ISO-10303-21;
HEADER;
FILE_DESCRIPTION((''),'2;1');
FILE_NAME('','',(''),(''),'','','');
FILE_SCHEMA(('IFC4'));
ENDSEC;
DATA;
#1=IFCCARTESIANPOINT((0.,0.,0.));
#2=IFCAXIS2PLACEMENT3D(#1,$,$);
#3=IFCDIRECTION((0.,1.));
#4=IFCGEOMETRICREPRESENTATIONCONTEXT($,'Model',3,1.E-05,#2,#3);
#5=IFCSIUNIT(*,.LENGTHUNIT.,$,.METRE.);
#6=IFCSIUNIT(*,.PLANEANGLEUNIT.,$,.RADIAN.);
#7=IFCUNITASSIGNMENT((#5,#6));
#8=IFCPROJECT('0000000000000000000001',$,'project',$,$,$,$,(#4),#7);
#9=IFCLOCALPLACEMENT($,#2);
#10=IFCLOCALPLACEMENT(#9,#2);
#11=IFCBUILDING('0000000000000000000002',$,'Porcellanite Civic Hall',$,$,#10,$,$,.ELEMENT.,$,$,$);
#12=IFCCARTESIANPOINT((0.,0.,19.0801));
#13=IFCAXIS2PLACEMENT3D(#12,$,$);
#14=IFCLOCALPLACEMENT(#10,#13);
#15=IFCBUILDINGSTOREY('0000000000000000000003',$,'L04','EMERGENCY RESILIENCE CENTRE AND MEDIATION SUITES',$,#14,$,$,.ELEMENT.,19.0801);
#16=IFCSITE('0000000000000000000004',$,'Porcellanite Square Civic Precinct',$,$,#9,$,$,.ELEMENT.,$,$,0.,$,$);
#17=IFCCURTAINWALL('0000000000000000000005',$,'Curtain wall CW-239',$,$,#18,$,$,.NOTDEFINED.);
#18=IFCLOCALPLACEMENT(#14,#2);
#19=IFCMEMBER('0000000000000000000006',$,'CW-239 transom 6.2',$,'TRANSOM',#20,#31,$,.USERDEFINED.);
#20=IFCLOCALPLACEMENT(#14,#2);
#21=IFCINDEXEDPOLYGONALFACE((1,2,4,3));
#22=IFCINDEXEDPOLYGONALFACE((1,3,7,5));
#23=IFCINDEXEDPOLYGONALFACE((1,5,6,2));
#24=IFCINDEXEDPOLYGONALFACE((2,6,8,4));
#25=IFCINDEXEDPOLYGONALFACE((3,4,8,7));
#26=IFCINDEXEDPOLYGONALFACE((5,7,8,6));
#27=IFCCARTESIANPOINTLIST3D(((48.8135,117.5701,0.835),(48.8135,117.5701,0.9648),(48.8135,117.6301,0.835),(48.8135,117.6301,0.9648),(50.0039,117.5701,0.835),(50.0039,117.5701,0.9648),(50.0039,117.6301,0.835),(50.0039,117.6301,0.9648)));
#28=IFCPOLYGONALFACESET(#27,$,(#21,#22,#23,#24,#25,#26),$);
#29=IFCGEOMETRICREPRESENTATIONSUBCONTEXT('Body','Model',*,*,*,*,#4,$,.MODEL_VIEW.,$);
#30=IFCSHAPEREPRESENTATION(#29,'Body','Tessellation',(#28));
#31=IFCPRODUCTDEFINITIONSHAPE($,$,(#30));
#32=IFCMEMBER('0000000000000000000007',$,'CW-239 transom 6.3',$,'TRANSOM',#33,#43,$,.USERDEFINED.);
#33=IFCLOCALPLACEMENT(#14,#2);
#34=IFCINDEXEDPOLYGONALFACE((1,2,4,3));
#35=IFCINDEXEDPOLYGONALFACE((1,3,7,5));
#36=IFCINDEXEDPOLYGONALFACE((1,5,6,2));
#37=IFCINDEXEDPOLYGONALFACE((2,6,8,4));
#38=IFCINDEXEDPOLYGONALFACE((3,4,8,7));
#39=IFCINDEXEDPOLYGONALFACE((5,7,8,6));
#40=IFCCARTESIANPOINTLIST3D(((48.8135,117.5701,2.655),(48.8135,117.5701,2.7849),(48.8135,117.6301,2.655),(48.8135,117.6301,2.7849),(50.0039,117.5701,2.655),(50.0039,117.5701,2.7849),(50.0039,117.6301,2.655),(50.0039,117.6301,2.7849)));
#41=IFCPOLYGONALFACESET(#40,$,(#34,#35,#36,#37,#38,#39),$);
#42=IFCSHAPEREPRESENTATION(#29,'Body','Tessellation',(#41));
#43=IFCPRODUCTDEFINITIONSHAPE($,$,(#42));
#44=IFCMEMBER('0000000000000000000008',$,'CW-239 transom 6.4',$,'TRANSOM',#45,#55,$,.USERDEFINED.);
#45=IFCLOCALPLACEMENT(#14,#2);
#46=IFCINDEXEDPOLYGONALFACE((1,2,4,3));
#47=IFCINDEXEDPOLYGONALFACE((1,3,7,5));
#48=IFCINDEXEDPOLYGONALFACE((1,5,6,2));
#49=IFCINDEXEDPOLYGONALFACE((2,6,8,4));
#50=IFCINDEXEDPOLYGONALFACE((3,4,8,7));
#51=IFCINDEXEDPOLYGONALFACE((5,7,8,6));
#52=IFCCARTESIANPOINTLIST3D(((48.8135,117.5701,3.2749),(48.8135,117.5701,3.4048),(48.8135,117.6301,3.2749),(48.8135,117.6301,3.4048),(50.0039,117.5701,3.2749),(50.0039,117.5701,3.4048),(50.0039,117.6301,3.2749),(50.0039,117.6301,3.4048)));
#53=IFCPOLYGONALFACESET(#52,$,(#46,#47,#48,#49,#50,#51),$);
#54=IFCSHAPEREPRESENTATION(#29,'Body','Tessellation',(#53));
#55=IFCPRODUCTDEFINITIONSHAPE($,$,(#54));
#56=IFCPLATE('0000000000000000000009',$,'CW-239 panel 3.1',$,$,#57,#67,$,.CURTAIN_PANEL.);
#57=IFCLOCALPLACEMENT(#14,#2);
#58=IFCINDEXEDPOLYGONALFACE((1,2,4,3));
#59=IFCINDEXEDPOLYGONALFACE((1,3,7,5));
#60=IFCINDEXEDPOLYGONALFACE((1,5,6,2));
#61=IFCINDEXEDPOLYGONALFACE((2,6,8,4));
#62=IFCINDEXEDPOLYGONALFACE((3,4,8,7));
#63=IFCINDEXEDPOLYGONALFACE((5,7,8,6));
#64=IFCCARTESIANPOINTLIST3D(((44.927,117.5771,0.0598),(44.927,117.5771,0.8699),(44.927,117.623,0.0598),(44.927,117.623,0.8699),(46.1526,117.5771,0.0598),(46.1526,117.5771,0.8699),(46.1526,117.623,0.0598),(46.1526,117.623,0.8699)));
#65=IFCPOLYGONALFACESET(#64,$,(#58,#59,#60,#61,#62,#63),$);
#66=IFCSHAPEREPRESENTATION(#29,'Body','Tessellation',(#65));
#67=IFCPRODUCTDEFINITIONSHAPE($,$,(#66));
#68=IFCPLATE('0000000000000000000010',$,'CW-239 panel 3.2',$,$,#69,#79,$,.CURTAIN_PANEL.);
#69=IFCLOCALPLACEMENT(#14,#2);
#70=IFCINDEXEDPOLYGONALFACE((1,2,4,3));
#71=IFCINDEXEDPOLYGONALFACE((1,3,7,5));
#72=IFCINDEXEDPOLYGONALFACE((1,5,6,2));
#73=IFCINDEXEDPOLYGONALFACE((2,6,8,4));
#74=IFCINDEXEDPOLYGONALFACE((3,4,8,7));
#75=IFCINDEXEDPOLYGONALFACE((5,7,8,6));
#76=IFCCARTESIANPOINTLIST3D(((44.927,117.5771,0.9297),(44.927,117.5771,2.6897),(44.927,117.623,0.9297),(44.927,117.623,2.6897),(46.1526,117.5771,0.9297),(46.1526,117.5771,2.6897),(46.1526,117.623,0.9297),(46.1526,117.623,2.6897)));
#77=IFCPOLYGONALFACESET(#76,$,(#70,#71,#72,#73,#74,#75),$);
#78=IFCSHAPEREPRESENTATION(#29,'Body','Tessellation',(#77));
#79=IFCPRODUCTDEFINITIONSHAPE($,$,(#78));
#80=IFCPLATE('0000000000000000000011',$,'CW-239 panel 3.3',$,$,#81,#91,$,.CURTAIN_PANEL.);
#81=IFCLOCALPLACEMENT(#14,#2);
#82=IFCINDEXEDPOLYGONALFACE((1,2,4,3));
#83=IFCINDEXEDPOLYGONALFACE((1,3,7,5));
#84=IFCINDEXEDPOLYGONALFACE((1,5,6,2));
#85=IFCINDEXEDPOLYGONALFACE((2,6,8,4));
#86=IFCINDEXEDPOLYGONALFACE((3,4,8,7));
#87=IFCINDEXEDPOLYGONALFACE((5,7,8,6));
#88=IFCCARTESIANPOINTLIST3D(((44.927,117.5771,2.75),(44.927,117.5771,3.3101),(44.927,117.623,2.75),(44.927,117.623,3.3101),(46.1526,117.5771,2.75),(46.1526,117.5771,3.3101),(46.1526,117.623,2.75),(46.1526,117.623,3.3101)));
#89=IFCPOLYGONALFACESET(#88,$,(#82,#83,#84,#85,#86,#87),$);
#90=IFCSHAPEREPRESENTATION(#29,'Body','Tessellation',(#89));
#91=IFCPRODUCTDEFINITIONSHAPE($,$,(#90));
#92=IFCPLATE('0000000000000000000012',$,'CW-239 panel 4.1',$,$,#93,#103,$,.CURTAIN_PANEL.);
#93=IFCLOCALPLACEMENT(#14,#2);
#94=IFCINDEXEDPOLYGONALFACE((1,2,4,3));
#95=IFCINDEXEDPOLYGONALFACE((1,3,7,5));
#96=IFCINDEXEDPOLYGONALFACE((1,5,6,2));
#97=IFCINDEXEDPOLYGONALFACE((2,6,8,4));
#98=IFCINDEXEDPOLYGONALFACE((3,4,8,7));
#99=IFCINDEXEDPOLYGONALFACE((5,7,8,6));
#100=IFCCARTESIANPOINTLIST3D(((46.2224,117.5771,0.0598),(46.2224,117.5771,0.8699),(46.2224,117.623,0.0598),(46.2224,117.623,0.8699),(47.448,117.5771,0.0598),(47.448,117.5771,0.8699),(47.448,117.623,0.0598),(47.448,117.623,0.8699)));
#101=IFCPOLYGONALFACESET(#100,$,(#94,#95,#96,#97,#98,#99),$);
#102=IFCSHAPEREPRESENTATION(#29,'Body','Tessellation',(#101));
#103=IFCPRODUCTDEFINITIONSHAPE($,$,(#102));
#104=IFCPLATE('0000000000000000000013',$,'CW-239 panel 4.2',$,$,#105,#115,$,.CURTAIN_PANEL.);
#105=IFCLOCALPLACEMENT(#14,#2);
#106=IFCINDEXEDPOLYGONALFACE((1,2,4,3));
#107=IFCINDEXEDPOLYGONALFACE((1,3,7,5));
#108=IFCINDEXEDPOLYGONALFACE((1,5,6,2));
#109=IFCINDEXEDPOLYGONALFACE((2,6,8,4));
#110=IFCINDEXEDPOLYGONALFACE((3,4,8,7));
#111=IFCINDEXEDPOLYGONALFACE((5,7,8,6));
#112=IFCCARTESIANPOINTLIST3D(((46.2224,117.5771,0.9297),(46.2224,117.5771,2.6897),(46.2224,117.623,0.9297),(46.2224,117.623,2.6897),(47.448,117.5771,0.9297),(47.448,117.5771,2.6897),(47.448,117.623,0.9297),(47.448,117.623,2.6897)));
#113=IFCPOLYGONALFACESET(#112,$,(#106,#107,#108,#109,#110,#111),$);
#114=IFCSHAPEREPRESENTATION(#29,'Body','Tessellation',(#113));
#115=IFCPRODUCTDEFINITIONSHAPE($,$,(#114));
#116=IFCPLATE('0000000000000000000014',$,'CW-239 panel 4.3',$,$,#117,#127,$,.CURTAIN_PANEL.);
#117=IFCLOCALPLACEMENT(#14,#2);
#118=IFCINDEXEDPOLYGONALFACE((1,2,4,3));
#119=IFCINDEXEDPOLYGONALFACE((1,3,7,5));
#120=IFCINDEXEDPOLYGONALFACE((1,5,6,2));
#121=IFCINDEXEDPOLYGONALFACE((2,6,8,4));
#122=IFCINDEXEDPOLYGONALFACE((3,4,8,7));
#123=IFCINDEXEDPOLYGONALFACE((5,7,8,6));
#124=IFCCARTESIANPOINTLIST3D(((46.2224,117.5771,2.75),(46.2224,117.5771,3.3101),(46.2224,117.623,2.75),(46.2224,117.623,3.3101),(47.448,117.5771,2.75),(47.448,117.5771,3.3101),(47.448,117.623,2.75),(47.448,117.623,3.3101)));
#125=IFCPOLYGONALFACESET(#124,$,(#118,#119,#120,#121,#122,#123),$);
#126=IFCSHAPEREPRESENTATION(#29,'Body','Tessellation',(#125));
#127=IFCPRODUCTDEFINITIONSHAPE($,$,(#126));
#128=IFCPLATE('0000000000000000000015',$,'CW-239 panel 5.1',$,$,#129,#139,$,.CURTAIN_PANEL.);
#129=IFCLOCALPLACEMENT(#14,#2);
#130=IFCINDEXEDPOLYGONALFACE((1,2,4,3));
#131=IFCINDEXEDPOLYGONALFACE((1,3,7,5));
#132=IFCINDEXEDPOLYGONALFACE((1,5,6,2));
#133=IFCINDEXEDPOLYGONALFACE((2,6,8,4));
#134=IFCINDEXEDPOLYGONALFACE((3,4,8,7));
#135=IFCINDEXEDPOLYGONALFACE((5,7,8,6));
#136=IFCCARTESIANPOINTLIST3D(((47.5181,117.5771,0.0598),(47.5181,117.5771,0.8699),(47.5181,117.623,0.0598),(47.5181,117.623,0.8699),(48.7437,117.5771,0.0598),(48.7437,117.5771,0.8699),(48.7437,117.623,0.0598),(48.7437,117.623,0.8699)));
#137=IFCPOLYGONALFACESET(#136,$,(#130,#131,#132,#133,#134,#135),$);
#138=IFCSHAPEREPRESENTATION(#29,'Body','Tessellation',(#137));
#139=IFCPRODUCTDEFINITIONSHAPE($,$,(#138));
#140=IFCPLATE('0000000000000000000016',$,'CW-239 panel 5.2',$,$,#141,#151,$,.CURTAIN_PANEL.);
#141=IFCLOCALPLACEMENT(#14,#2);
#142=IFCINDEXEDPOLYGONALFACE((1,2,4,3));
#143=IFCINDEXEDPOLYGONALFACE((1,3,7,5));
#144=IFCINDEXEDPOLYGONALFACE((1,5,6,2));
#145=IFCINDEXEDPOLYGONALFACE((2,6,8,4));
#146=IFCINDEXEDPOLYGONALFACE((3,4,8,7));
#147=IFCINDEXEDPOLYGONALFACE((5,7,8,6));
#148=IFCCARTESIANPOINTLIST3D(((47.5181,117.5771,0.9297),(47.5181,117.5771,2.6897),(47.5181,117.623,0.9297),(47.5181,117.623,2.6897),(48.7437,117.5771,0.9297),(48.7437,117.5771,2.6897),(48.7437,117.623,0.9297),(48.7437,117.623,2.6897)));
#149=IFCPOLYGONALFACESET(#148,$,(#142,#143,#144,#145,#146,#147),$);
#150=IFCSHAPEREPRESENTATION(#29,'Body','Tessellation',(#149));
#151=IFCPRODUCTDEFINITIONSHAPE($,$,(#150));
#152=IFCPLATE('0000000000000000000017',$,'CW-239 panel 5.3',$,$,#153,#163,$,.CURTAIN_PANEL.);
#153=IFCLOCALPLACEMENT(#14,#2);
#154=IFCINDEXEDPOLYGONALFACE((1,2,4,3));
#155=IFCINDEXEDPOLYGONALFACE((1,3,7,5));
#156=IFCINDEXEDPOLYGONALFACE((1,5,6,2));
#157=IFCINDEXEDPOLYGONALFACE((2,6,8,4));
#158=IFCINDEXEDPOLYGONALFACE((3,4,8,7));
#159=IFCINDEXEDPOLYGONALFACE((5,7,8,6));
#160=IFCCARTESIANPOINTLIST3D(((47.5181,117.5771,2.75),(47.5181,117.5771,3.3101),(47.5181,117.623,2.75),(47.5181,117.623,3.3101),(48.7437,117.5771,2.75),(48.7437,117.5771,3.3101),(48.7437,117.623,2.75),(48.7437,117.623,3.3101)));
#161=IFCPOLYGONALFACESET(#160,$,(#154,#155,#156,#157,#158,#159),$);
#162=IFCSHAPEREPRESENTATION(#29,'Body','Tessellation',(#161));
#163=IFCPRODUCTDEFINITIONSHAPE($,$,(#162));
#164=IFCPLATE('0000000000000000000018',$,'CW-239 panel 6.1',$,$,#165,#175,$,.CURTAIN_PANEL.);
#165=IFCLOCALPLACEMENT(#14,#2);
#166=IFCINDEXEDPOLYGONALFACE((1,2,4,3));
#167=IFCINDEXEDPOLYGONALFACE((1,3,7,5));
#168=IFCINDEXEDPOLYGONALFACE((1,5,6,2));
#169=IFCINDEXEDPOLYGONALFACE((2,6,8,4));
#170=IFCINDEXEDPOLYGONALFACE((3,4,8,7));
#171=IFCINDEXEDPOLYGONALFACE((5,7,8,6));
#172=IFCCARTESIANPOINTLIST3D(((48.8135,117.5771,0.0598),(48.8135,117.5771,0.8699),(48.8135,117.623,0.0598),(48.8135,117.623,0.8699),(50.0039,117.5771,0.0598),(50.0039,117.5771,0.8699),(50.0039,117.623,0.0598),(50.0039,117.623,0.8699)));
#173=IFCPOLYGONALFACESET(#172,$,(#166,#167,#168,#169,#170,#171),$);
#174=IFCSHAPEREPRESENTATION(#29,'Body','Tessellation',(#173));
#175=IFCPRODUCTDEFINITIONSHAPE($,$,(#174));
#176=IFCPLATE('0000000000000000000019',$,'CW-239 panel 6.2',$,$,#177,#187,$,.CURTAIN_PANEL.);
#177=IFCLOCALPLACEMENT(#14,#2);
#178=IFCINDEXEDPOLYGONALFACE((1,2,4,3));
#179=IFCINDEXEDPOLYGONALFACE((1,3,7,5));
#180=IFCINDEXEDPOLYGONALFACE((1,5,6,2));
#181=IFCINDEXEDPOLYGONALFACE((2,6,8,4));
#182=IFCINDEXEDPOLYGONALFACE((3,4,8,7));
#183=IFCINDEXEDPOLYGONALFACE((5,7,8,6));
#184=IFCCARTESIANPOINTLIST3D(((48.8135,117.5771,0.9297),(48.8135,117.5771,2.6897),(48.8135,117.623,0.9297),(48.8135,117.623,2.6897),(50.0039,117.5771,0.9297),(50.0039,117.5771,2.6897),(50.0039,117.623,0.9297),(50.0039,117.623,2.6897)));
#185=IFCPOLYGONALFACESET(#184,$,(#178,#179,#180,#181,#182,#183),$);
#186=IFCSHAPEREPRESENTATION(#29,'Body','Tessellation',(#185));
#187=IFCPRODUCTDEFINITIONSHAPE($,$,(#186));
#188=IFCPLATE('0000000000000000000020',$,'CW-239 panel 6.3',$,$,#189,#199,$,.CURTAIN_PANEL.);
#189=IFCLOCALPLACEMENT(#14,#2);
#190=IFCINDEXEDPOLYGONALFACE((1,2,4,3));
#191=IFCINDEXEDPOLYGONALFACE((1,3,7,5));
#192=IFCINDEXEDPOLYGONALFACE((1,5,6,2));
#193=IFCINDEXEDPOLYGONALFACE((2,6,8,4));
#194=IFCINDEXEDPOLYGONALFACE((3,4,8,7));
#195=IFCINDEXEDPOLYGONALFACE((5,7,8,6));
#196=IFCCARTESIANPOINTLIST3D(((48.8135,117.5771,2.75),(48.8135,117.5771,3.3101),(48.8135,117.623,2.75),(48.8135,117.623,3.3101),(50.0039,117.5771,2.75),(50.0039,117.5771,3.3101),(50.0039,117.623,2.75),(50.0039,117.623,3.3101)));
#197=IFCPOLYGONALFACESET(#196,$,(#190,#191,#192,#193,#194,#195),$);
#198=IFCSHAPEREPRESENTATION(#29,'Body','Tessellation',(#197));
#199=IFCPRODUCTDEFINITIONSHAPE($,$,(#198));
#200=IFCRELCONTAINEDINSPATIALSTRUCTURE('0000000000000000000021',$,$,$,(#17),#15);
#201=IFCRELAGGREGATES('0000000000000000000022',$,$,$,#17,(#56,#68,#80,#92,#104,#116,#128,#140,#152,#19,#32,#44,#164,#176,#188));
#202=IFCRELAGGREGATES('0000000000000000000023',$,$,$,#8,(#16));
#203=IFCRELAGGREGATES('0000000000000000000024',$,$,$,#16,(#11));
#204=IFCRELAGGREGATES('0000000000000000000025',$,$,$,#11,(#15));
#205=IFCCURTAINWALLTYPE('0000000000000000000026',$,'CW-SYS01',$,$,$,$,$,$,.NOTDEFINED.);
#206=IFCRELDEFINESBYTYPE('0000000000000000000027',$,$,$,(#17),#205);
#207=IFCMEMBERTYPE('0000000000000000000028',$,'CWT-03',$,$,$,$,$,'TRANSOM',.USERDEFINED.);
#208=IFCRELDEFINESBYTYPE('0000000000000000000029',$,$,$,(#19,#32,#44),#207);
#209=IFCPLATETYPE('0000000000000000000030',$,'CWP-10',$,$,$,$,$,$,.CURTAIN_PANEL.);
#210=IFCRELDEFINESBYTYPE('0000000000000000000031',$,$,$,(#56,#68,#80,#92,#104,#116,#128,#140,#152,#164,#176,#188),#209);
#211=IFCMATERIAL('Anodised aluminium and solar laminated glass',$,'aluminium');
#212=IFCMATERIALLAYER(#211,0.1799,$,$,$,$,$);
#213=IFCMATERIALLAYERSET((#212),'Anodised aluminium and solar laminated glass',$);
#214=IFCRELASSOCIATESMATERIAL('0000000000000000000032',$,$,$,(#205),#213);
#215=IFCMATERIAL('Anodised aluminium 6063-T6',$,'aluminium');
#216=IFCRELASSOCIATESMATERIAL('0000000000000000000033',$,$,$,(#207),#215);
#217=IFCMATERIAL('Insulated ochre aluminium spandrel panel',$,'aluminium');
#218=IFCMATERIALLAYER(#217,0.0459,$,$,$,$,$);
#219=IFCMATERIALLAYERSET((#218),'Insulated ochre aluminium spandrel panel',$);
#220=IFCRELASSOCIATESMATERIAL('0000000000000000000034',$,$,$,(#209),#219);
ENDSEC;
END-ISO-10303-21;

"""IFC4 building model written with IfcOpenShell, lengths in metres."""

from ifc_helpers import new_model, si_unit, direction, frame, origin, origin_2d, place, context, subcontext, project, spatial, rectangle, extrude, material, layer, layer_set, material_profile, profile_set, type_object, element, aggregate, save


model = new_model("IFC4")

# Units and contexts
model_context = context("Model", 3, precision=1e-05, world=origin(), true_north=direction((0.0, 1.0)))
body_context = subcontext(model_context, "Body", "Model", "MODEL_VIEW")
ifc_project = project(units=[si_unit("LENGTHUNIT", "METRE"), si_unit("PLANEANGLEUNIT", "RADIAN")], contexts=[model_context])

# Site, building, storey
site_placement = place(None, origin())
site = spatial("IfcSite", under=ifc_project, at=site_placement, Name="Porcellanite Square Civic Precinct", CompositionType="ELEMENT", RefElevation=0.0)
building_placement = place(site_placement, origin())
building = spatial("IfcBuilding", under=site, at=building_placement, Name="Porcellanite Civic Hall", CompositionType="ELEMENT")
storey_placement = place(building_placement, frame((0.0, 0.0, 19.0801)))
storey = spatial("IfcBuildingStorey", under=building, at=storey_placement, Name="L04", Description="EMERGENCY RESILIENCE CENTRE AND MEDIATION SUITES", CompositionType="ELEMENT", Elevation=19.0801)

# Curtain wall, members, plates
ifc_material_1 = material(Name="Anodised aluminium and solar laminated glass", Category="aluminium")
ifc_layer_1 = layer(ifc_material_1, 0.1799)
ifc_layer_set_1 = layer_set([ifc_layer_1], Name="Anodised aluminium and solar laminated glass")
curtain_wall_type = type_object("IfcCurtainWallType", Name="CW-SYS01", PredefinedType="NOTDEFINED", material=ifc_layer_set_1)
curtain_wall_placement = place(storey_placement, origin())
curtain_wall = element("IfcCurtainWall", 1, at=curtain_wall_placement, inside=storey, type_object=curtain_wall_type, Name="Curtain wall CW-239", PredefinedType="NOTDEFINED")
ifc_material_2 = material(Name="Anodised aluminium 6063-T6", Category="aluminium")
ifc_material_profile_1 = material_profile(ifc_material_2, rectangle(XDim=0.0601, YDim=0.1299, at=origin_2d()), Name="AL-60x130")
ifc_profile_set_1 = profile_set([ifc_material_profile_1], Name="Anodised aluminium 6063-T6")
member_type_1 = type_object("IfcMemberType", Name="CWT-03", ElementType="TRANSOM", PredefinedType="USERDEFINED", material=ifc_profile_set_1)
member_1_placement = place(storey_placement, frame((48.8135, 117.6001, 0.8999), z_axis=(1.0, 0.0, 0.0), x_axis=(0.0, 1.0, 0.0)))
member_1 = element("IfcMember", 2, at=member_1_placement, type_object=member_type_1, Name="CW-239 transom 6.2", ObjectType="TRANSOM", PredefinedType="USERDEFINED", context=body_context, shape_type="SweptSolid", body=[
    extrude(rectangle(XDim=0.0601, YDim=0.1299, at=origin_2d()), origin(), (0.0, 0.0, 1.0), 1.1904),
])
member_2_placement = place(storey_placement, frame((48.8135, 117.6001, 2.72), z_axis=(1.0, 0.0, 0.0), x_axis=(0.0, 1.0, 0.0)))
member_2 = element("IfcMember", 3, at=member_2_placement, type_object=member_type_1, Name="CW-239 transom 6.3", ObjectType="TRANSOM", PredefinedType="USERDEFINED", context=body_context, shape_type="SweptSolid", body=[
    extrude(rectangle(XDim=0.0601, YDim=0.1299, at=origin_2d()), origin(), (0.0, 0.0, 1.0), 1.1904),
])
member_3_placement = place(storey_placement, frame((48.8135, 117.6001, 3.3398), z_axis=(1.0, 0.0, 0.0), x_axis=(0.0, 1.0, 0.0)))
member_3 = element("IfcMember", 4, at=member_3_placement, type_object=member_type_1, Name="CW-239 transom 6.4", ObjectType="TRANSOM", PredefinedType="USERDEFINED", context=body_context, shape_type="SweptSolid", body=[
    extrude(rectangle(XDim=0.0601, YDim=0.1299, at=origin_2d()), origin(), (0.0, 0.0, 1.0), 1.1904),
])
ifc_material_3 = material(Name="Insulated ochre aluminium spandrel panel", Category="aluminium")
ifc_layer_2 = layer(ifc_material_3, 0.0459)
ifc_layer_set_2 = layer_set([ifc_layer_2], Name="Insulated ochre aluminium spandrel panel")
plate_type = type_object("IfcPlateType", Name="CWP-10", PredefinedType="CURTAIN_PANEL", material=ifc_layer_set_2)
plate_1_placement = place(storey_placement, frame((45.5398, 117.6001, 0.0598), z_axis=(0.0, 0.0, 1.0), x_axis=(1.0, 0.0, 0.0)))
plate_1 = element("IfcPlate", 5, at=plate_1_placement, type_object=plate_type, Name="CW-239 panel 3.1", PredefinedType="CURTAIN_PANEL", context=body_context, shape_type="SweptSolid", body=[
    extrude(rectangle(XDim=1.2256, YDim=0.0459, at=origin_2d()), origin(), (0.0, 0.0, 1.0), 0.8101),
])
plate_2_placement = place(storey_placement, frame((45.5398, 117.6001, 0.9297), z_axis=(0.0, 0.0, 1.0), x_axis=(1.0, 0.0, 0.0)))
plate_2 = element("IfcPlate", 6, at=plate_2_placement, type_object=plate_type, Name="CW-239 panel 3.2", PredefinedType="CURTAIN_PANEL", context=body_context, shape_type="SweptSolid", body=[
    extrude(rectangle(XDim=1.2256, YDim=0.0459, at=origin_2d()), origin(), (0.0, 0.0, 1.0), 1.76),
])
plate_3_placement = place(storey_placement, frame((45.5398, 117.6001, 2.75), z_axis=(0.0, 0.0, 1.0), x_axis=(1.0, 0.0, 0.0)))
plate_3 = element("IfcPlate", 7, at=plate_3_placement, type_object=plate_type, Name="CW-239 panel 3.3", PredefinedType="CURTAIN_PANEL", context=body_context, shape_type="SweptSolid", body=[
    extrude(rectangle(XDim=1.2256, YDim=0.0459, at=origin_2d()), origin(), (0.0, 0.0, 1.0), 0.5601),
])
plate_4_placement = place(storey_placement, frame((46.8352, 117.6001, 0.0598), z_axis=(0.0, 0.0, 1.0), x_axis=(1.0, 0.0, 0.0)))
plate_4 = element("IfcPlate", 8, at=plate_4_placement, type_object=plate_type, Name="CW-239 panel 4.1", PredefinedType="CURTAIN_PANEL", context=body_context, shape_type="SweptSolid", body=[
    extrude(rectangle(XDim=1.2256, YDim=0.0459, at=origin_2d()), origin(), (0.0, 0.0, 1.0), 0.8101),
])
plate_5_placement = place(storey_placement, frame((46.8352, 117.6001, 0.9297), z_axis=(0.0, 0.0, 1.0), x_axis=(1.0, 0.0, 0.0)))
plate_5 = element("IfcPlate", 9, at=plate_5_placement, type_object=plate_type, Name="CW-239 panel 4.2", PredefinedType="CURTAIN_PANEL", context=body_context, shape_type="SweptSolid", body=[
    extrude(rectangle(XDim=1.2256, YDim=0.0459, at=origin_2d()), origin(), (0.0, 0.0, 1.0), 1.76),
])
plate_6_placement = place(storey_placement, frame((46.8352, 117.6001, 2.75), z_axis=(0.0, 0.0, 1.0), x_axis=(1.0, 0.0, 0.0)))
plate_6 = element("IfcPlate", 10, at=plate_6_placement, type_object=plate_type, Name="CW-239 panel 4.3", PredefinedType="CURTAIN_PANEL", context=body_context, shape_type="SweptSolid", body=[
    extrude(rectangle(XDim=1.2256, YDim=0.0459, at=origin_2d()), origin(), (0.0, 0.0, 1.0), 0.5601),
])
plate_7_placement = place(storey_placement, frame((48.1309, 117.6001, 0.0598), z_axis=(0.0, 0.0, 1.0), x_axis=(1.0, 0.0, 0.0)))
plate_7 = element("IfcPlate", 11, at=plate_7_placement, type_object=plate_type, Name="CW-239 panel 5.1", PredefinedType="CURTAIN_PANEL", context=body_context, shape_type="SweptSolid", body=[
    extrude(rectangle(XDim=1.2256, YDim=0.0459, at=origin_2d()), origin(), (0.0, 0.0, 1.0), 0.8101),
])
plate_8_placement = place(storey_placement, frame((48.1309, 117.6001, 0.9297), z_axis=(0.0, 0.0, 1.0), x_axis=(1.0, 0.0, 0.0)))
plate_8 = element("IfcPlate", 12, at=plate_8_placement, type_object=plate_type, Name="CW-239 panel 5.2", PredefinedType="CURTAIN_PANEL", context=body_context, shape_type="SweptSolid", body=[
    extrude(rectangle(XDim=1.2256, YDim=0.0459, at=origin_2d()), origin(), (0.0, 0.0, 1.0), 1.76),
])
plate_9_placement = place(storey_placement, frame((48.1309, 117.6001, 2.75), z_axis=(0.0, 0.0, 1.0), x_axis=(1.0, 0.0, 0.0)))
plate_9 = element("IfcPlate", 13, at=plate_9_placement, type_object=plate_type, Name="CW-239 panel 5.3", PredefinedType="CURTAIN_PANEL", context=body_context, shape_type="SweptSolid", body=[
    extrude(rectangle(XDim=1.2256, YDim=0.0459, at=origin_2d()), origin(), (0.0, 0.0, 1.0), 0.5601),
])
plate_10_placement = place(storey_placement, frame((49.4087, 117.6001, 0.0598), z_axis=(0.0, 0.0, 1.0), x_axis=(1.0, 0.0, 0.0)))
plate_10 = element("IfcPlate", 14, at=plate_10_placement, type_object=plate_type, Name="CW-239 panel 6.1", PredefinedType="CURTAIN_PANEL", context=body_context, shape_type="SweptSolid", body=[
    extrude(rectangle(XDim=1.1904, YDim=0.0459, at=origin_2d()), origin(), (0.0, 0.0, 1.0), 0.8101),
])
plate_11_placement = place(storey_placement, frame((49.4087, 117.6001, 0.9297), z_axis=(0.0, 0.0, 1.0), x_axis=(1.0, 0.0, 0.0)))
plate_11 = element("IfcPlate", 15, at=plate_11_placement, type_object=plate_type, Name="CW-239 panel 6.2", PredefinedType="CURTAIN_PANEL", context=body_context, shape_type="SweptSolid", body=[
    extrude(rectangle(XDim=1.1904, YDim=0.0459, at=origin_2d()), origin(), (0.0, 0.0, 1.0), 1.76),
])
plate_12_placement = place(storey_placement, frame((49.4087, 117.6001, 2.75), z_axis=(0.0, 0.0, 1.0), x_axis=(1.0, 0.0, 0.0)))
plate_12 = element("IfcPlate", 16, at=plate_12_placement, type_object=plate_type, Name="CW-239 panel 6.3", PredefinedType="CURTAIN_PANEL", context=body_context, shape_type="SweptSolid", body=[
    extrude(rectangle(XDim=1.1904, YDim=0.0459, at=origin_2d()), origin(), (0.0, 0.0, 1.0), 0.5601),
])
aggregate(curtain_wall, [plate_1, plate_2, plate_3, plate_4, plate_5, plate_6, plate_7, plate_8, plate_9, member_1, member_2, member_3, plate_10, plate_11, plate_12])

save(model, "model.ifc")
